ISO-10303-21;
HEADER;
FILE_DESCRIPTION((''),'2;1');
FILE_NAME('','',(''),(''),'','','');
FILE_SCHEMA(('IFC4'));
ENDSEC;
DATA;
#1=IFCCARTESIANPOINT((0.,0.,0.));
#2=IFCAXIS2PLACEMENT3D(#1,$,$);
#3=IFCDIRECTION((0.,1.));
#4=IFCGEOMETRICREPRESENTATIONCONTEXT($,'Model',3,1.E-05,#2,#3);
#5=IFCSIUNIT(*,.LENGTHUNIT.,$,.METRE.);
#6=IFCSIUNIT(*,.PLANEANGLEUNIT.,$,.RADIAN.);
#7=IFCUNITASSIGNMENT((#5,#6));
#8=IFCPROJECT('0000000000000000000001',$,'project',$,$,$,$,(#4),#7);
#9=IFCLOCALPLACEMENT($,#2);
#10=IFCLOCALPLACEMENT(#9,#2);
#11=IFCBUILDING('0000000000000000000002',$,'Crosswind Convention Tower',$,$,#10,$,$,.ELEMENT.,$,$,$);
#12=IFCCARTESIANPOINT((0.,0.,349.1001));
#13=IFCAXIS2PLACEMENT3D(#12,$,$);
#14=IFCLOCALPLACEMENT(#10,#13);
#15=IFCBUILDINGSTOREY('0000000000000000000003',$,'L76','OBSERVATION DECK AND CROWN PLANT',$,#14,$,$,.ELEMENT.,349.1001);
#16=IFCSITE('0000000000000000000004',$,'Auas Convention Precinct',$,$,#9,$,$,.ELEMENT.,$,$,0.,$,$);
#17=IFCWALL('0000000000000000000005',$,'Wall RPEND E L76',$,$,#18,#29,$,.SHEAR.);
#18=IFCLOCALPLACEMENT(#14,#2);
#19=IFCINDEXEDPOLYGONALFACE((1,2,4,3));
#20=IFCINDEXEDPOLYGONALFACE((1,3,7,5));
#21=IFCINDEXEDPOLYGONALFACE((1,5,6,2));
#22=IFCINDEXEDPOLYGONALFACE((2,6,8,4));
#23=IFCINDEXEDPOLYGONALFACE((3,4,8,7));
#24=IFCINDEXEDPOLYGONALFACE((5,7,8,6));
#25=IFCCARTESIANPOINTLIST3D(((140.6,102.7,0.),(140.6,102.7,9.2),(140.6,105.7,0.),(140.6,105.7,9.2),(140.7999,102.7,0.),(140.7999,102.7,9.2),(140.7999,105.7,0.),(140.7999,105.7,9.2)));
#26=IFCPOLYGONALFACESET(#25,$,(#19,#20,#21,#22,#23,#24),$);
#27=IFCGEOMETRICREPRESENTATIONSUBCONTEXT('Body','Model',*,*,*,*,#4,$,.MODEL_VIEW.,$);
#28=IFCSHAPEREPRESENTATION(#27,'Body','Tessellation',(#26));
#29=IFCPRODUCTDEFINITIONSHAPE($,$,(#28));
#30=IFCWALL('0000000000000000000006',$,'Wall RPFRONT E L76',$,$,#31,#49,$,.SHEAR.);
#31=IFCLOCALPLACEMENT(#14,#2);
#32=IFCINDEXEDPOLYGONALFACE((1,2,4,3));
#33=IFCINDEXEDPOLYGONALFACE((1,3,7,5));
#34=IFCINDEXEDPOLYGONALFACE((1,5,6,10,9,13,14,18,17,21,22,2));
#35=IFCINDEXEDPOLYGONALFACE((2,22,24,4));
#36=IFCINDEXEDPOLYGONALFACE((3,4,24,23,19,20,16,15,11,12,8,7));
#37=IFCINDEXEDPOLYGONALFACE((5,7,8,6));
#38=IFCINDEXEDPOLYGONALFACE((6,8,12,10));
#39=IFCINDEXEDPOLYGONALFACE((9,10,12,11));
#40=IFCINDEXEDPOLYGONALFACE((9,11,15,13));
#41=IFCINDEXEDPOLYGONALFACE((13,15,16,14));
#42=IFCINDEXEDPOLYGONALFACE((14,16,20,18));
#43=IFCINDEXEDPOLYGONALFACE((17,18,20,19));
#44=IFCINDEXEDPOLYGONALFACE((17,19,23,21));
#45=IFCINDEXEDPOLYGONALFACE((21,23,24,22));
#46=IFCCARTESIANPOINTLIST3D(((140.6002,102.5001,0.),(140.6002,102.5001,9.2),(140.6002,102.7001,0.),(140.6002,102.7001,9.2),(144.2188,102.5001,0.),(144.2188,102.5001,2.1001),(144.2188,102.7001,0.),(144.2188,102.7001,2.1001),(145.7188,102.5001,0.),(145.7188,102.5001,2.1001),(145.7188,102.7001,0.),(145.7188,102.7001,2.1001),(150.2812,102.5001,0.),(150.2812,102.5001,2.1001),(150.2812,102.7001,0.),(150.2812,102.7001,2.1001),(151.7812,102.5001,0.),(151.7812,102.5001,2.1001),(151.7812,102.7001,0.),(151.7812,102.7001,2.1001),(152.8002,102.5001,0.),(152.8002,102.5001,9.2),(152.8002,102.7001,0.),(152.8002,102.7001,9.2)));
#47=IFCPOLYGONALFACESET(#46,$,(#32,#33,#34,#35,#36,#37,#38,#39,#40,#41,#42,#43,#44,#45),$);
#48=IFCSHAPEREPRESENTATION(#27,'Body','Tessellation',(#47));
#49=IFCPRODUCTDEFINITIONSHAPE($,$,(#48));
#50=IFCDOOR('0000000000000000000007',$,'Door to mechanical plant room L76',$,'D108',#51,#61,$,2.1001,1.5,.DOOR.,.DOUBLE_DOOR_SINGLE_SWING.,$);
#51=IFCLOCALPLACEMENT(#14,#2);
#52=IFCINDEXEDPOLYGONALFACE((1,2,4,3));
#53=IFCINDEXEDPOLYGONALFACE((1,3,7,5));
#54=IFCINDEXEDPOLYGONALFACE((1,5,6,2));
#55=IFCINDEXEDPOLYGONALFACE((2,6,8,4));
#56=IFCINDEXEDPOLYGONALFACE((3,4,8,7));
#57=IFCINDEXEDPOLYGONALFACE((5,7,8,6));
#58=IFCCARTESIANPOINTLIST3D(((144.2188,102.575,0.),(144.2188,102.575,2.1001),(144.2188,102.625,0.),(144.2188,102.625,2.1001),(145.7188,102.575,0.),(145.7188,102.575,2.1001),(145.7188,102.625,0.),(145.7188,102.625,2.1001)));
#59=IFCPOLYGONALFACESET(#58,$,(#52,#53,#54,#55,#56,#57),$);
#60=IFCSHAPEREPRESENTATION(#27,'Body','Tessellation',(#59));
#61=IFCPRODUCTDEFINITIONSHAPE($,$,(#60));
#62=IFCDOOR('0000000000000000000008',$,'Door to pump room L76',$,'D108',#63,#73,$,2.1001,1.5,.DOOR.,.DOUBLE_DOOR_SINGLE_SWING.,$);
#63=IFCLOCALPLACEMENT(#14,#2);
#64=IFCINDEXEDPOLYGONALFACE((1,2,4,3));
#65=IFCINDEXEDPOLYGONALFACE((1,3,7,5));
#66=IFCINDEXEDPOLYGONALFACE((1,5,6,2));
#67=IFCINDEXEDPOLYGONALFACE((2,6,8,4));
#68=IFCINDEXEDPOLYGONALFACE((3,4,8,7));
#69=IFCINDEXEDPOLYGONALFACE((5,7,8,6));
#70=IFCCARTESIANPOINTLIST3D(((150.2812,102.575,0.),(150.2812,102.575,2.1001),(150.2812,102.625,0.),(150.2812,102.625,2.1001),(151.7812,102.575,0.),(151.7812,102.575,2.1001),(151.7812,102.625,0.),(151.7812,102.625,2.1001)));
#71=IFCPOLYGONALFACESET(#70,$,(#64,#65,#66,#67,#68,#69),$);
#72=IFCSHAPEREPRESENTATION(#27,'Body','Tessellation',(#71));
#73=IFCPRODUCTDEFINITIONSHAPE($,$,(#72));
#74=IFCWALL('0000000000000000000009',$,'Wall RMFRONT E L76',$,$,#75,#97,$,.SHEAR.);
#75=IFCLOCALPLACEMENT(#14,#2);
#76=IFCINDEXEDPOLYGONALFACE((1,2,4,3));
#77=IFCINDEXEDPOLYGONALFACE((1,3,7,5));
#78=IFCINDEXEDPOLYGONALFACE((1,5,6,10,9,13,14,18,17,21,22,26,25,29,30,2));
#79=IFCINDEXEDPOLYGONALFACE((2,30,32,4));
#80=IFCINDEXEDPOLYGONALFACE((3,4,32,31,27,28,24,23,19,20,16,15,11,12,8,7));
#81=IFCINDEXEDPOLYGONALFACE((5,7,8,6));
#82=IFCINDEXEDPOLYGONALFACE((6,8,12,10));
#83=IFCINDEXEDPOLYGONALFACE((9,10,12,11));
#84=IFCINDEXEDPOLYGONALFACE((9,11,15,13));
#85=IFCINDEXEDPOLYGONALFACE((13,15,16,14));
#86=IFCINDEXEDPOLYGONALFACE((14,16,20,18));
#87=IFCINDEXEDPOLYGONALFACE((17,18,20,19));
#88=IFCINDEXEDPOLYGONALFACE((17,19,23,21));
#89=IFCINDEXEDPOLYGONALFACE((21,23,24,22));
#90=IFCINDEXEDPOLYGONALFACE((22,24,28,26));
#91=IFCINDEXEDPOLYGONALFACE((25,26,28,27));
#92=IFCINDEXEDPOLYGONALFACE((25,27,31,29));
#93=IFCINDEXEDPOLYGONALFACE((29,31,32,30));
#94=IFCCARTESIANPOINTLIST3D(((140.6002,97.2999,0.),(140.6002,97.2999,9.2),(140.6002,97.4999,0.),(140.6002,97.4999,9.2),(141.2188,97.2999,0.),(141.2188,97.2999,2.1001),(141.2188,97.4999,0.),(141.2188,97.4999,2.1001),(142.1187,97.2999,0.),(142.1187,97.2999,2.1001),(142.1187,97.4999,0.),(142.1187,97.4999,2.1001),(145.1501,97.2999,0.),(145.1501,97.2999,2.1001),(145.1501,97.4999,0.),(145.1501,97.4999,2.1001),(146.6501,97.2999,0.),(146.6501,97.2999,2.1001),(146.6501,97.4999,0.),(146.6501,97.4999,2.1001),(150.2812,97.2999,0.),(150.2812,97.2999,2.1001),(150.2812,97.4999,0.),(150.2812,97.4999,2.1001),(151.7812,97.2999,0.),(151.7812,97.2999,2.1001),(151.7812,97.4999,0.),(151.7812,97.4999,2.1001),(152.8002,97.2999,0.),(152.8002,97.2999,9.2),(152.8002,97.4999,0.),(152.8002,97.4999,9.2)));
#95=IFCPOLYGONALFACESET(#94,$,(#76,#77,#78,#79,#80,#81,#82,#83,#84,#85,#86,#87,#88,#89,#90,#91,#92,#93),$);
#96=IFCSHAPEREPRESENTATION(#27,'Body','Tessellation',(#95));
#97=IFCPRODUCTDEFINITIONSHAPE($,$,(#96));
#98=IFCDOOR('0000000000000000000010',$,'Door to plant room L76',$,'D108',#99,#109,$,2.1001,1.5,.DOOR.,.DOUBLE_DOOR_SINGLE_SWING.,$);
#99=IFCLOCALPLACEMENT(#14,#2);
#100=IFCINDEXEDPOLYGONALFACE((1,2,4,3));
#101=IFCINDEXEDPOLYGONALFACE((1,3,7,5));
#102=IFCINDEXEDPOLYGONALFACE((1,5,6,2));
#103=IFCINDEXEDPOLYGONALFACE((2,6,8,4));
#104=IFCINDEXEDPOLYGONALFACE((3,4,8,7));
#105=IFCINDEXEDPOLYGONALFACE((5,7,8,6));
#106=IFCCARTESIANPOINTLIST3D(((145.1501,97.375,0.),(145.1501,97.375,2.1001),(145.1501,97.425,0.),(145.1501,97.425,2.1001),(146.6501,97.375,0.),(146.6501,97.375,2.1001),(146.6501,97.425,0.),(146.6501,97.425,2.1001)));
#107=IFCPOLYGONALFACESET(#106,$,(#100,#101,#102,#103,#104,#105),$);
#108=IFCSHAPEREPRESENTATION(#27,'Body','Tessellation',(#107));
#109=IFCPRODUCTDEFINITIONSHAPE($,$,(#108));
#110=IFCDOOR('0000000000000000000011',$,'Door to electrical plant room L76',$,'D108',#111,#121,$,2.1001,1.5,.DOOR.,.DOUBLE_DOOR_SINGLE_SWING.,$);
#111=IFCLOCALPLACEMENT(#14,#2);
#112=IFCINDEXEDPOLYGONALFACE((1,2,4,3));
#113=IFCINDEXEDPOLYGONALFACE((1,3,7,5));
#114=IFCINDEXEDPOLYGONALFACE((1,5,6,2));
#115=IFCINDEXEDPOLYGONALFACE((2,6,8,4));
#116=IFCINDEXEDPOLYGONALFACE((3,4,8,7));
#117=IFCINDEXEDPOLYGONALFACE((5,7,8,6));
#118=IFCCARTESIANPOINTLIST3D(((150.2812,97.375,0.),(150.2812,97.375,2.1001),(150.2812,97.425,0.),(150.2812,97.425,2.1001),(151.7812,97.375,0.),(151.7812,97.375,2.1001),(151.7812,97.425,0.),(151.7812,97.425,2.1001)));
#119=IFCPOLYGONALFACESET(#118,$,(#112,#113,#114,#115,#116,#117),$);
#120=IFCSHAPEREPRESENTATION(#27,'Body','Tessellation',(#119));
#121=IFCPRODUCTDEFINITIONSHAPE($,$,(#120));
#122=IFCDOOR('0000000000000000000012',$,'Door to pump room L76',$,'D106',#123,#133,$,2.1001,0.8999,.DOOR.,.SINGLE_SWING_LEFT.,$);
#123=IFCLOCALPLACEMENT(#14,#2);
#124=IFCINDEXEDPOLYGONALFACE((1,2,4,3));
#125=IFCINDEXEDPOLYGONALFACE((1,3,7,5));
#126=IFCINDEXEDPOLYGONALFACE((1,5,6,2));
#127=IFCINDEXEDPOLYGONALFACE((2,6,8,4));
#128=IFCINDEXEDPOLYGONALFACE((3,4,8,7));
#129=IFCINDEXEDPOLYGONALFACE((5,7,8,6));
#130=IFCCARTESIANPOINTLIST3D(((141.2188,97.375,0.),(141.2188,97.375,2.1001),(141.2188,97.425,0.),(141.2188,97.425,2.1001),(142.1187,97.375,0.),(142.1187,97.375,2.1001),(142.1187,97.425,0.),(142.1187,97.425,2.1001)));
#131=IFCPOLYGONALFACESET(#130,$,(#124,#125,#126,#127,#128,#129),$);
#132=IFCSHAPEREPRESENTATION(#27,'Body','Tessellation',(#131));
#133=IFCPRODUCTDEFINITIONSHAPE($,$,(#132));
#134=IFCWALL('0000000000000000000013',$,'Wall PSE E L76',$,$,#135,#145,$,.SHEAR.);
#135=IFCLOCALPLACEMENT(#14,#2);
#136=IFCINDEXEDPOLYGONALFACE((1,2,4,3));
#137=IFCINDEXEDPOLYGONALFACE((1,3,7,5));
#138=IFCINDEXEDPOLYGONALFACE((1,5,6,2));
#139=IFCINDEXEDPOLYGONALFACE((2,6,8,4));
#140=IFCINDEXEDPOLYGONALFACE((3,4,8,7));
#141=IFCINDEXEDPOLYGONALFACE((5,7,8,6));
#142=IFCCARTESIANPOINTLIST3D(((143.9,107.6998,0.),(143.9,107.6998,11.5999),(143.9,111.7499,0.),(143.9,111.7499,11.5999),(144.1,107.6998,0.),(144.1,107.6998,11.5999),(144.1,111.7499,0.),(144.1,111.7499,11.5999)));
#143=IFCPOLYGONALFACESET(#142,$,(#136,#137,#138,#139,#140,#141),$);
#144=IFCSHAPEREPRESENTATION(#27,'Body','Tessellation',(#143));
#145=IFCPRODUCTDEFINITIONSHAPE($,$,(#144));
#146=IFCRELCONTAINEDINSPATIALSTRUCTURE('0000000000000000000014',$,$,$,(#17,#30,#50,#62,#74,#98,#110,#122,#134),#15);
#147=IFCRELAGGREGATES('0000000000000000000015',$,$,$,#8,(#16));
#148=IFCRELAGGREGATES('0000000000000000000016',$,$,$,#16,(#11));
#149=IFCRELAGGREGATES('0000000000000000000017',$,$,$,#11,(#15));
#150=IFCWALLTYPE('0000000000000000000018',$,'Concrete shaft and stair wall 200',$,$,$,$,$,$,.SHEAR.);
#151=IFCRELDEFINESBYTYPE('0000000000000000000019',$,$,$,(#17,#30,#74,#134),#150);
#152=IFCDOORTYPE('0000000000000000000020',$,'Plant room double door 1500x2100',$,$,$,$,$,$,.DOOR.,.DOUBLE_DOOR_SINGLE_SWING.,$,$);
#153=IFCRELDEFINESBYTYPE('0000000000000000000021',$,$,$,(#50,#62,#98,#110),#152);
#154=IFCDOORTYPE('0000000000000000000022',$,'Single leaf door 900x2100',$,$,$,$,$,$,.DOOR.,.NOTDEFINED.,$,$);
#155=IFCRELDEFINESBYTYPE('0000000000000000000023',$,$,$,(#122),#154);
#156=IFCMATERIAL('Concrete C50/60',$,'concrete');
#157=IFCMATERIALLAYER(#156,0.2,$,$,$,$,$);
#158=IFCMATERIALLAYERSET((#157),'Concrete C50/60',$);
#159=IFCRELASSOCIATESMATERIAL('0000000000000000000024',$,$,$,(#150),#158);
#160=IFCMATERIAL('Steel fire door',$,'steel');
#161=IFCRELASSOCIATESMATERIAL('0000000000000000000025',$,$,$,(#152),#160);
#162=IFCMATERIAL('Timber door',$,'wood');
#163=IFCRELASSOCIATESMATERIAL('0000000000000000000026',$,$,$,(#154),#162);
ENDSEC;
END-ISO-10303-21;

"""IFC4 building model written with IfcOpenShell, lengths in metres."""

from ifc_helpers import new_model, si_unit, direction, frame, frame_2d, origin, place, context, subcontext, project, spatial, rectangle, extrude, material, layer, layer_set, type_object, element, fill, save


model = new_model("IFC4")

# Units and contexts
model_context = context("Model", 3, precision=1e-05, world=origin(), true_north=direction((0.0, 1.0)))
body_context = subcontext(model_context, "Body", "Model", "MODEL_VIEW")
ifc_project = project(units=[si_unit("LENGTHUNIT", "METRE"), si_unit("PLANEANGLEUNIT", "RADIAN")], contexts=[model_context])

# Site, building, storey
site_placement = place(None, origin())
site = spatial("IfcSite", under=ifc_project, at=site_placement, Name="Auas Convention Precinct", CompositionType="ELEMENT", RefElevation=0.0)
building_placement = place(site_placement, origin())
building = spatial("IfcBuilding", under=site, at=building_placement, Name="Crosswind Convention Tower", CompositionType="ELEMENT")
storey_placement = place(building_placement, frame((0.0, 0.0, 349.1001)))
storey = spatial("IfcBuildingStorey", under=building, at=storey_placement, Name="L76", Description="OBSERVATION DECK AND CROWN PLANT", CompositionType="ELEMENT", Elevation=349.1001)

# Wall
ifc_material_1 = material(Name="Concrete C50/60", Category="concrete")
ifc_layer_1 = layer(ifc_material_1, 0.2)
ifc_layer_set_1 = layer_set([ifc_layer_1], Name="Concrete C50/60")
wall_type_1 = type_object("IfcWallType", Name="Concrete shaft and stair wall 200", PredefinedType="SHEAR", material=ifc_layer_set_1)
wall_1_placement = place(storey_placement, frame((140.7, 102.7, 0.0), z_axis=(0.0, 0.0, 1.0), x_axis=(0.0, 1.0, 0.0)))
element("IfcWall", 1, at=wall_1_placement, inside=storey, type_object=wall_type_1, Name="Wall RPEND E L76", PredefinedType="SHEAR", context=body_context, shape_type="SweptSolid", body=[
    extrude(rectangle(XDim=3.0, YDim=0.2, at=frame_2d((1.5, 0.0))), origin(), (0.0, 0.0, 1.0), 9.2),
])

# Walls, openings, doors
wall_2_placement = place(storey_placement, frame((140.6001, 102.6001, 0.0), z_axis=(0.0, 0.0, 1.0), x_axis=(1.0, 0.0, 0.0)))
wall_2 = element("IfcWall", 2, at=wall_2_placement, inside=storey, type_object=wall_type_1, Name="Wall RPFRONT E L76", PredefinedType="SHEAR", context=body_context, shape_type="SweptSolid", body=[
    extrude(rectangle(XDim=12.2, YDim=0.2, at=frame_2d((6.1001, 0.0))), origin(), (0.0, 0.0, 1.0), 9.2),
])
opening_1_placement = place(wall_2_placement, frame((3.6187, 0.0, 0.0)))
opening_1 = element("IfcOpeningElement", 3, at=opening_1_placement, cuts=wall_2, PredefinedType="OPENING", context=body_context, shape_type="SweptSolid", body=[
    extrude(rectangle(XDim=1.5, YDim=2.1001, at=frame_2d((0.75, 1.05))), frame((0.0, 0.1099, 0.0), z_axis=(0.0, -1.0, 0.0), x_axis=(1.0, 0.0, 0.0)), (0.0, 0.0, 1.0), 0.22),
])
opening_2_placement = place(wall_2_placement, frame((9.6812, 0.0, 0.0)))
opening_2 = element("IfcOpeningElement", 4, at=opening_2_placement, cuts=wall_2, PredefinedType="OPENING", context=body_context, shape_type="SweptSolid", body=[
    extrude(rectangle(XDim=1.5, YDim=2.1001, at=frame_2d((0.75, 1.05))), frame((0.0, 0.1099, 0.0), z_axis=(0.0, -1.0, 0.0), x_axis=(1.0, 0.0, 0.0)), (0.0, 0.0, 1.0), 0.22),
])
ifc_material_2 = material(Name="Steel fire door", Category="steel")
door_type_1 = type_object("IfcDoorType", Name="Plant room double door 1500x2100", OperationType="DOUBLE_DOOR_SINGLE_SWING", PredefinedType="DOOR", material=ifc_material_2)
door_1_placement = place(opening_1_placement, origin())
door_1 = element("IfcDoor", 5, at=door_1_placement, inside=storey, type_object=door_type_1, Name="Door to mechanical plant room L76", ObjectType="D108", OperationType="DOUBLE_DOOR_SINGLE_SWING", OverallHeight=2.1001, OverallWidth=1.5, PredefinedType="DOOR", context=body_context, shape_type="SweptSolid", body=[
    extrude(rectangle(XDim=1.5, YDim=2.1001, at=frame_2d((0.75, 1.05))), frame((0.0, 0.0249, 0.0), z_axis=(0.0, -1.0, 0.0), x_axis=(1.0, 0.0, 0.0)), (0.0, 0.0, 1.0), 0.05),
])
fill(opening_1, door_1)
door_2_placement = place(opening_2_placement, origin())
door_2 = element("IfcDoor", 6, at=door_2_placement, inside=storey, type_object=door_type_1, Name="Door to pump room L76", ObjectType="D108", OperationType="DOUBLE_DOOR_SINGLE_SWING", OverallHeight=2.1001, OverallWidth=1.5, PredefinedType="DOOR", context=body_context, shape_type="SweptSolid", body=[
    extrude(rectangle(XDim=1.5, YDim=2.1001, at=frame_2d((0.75, 1.05))), frame((0.0, 0.0249, 0.0), z_axis=(0.0, -1.0, 0.0), x_axis=(1.0, 0.0, 0.0)), (0.0, 0.0, 1.0), 0.05),
])
fill(opening_2, door_2)
wall_3_placement = place(storey_placement, frame((140.6001, 97.3999, 0.0), z_axis=(0.0, 0.0, 1.0), x_axis=(1.0, 0.0, 0.0)))
wall_3 = element("IfcWall", 7, at=wall_3_placement, inside=storey, type_object=wall_type_1, Name="Wall RMFRONT E L76", PredefinedType="SHEAR", context=body_context, shape_type="SweptSolid", body=[
    extrude(rectangle(XDim=12.2, YDim=0.2, at=frame_2d((6.1001, 0.0))), origin(), (0.0, 0.0, 1.0), 9.2),
])
opening_3_placement = place(wall_3_placement, frame((0.6187, 0.0, 0.0)))
opening_3 = element("IfcOpeningElement", 8, at=opening_3_placement, cuts=wall_3, PredefinedType="OPENING", context=body_context, shape_type="SweptSolid", body=[
    extrude(rectangle(XDim=0.8999, YDim=2.1001, at=frame_2d((0.45, 1.05))), frame((0.0, 0.1099, 0.0), z_axis=(0.0, -1.0, 0.0), x_axis=(1.0, 0.0, 0.0)), (0.0, 0.0, 1.0), 0.22),
])
opening_4_placement = place(wall_3_placement, frame((4.55, 0.0, 0.0)))
opening_4 = element("IfcOpeningElement", 9, at=opening_4_placement, cuts=wall_3, PredefinedType="OPENING", context=body_context, shape_type="SweptSolid", body=[
    extrude(rectangle(XDim=1.5, YDim=2.1001, at=frame_2d((0.75, 1.05))), frame((0.0, 0.1099, 0.0), z_axis=(0.0, -1.0, 0.0), x_axis=(1.0, 0.0, 0.0)), (0.0, 0.0, 1.0), 0.22),
])
opening_5_placement = place(wall_3_placement, frame((9.6812, 0.0, 0.0)))
opening_5 = element("IfcOpeningElement", 10, at=opening_5_placement, cuts=wall_3, PredefinedType="OPENING", context=body_context, shape_type="SweptSolid", body=[
    extrude(rectangle(XDim=1.5, YDim=2.1001, at=frame_2d((0.75, 1.05))), frame((0.0, 0.1099, 0.0), z_axis=(0.0, -1.0, 0.0), x_axis=(1.0, 0.0, 0.0)), (0.0, 0.0, 1.0), 0.22),
])
door_3_placement = place(opening_4_placement, frame((1.5, 0.0, 0.0), z_axis=(0.0, 0.0, 1.0), x_axis=(-1.0, 0.0, 0.0)))
door_3 = element("IfcDoor", 11, at=door_3_placement, inside=storey, type_object=door_type_1, Name="Door to plant room L76", ObjectType="D108", OperationType="DOUBLE_DOOR_SINGLE_SWING", OverallHeight=2.1001, OverallWidth=1.5, PredefinedType="DOOR", context=body_context, shape_type="SweptSolid", body=[
    extrude(rectangle(XDim=1.5, YDim=2.1001, at=frame_2d((0.75, 1.05))), frame((0.0, 0.0249, 0.0), z_axis=(0.0, -1.0, 0.0), x_axis=(1.0, 0.0, 0.0)), (0.0, 0.0, 1.0), 0.05),
])
fill(opening_4, door_3)
door_4_placement = place(opening_5_placement, frame((1.5, 0.0, 0.0), z_axis=(0.0, 0.0, 1.0), x_axis=(-1.0, 0.0, 0.0)))
door_4 = element("IfcDoor", 12, at=door_4_placement, inside=storey, type_object=door_type_1, Name="Door to electrical plant room L76", ObjectType="D108", OperationType="DOUBLE_DOOR_SINGLE_SWING", OverallHeight=2.1001, OverallWidth=1.5, PredefinedType="DOOR", context=body_context, shape_type="SweptSolid", body=[
    extrude(rectangle(XDim=1.5, YDim=2.1001, at=frame_2d((0.75, 1.05))), frame((0.0, 0.0249, 0.0), z_axis=(0.0, -1.0, 0.0), x_axis=(1.0, 0.0, 0.0)), (0.0, 0.0, 1.0), 0.05),
])
fill(opening_5, door_4)
ifc_material_3 = material(Name="Timber door", Category="wood")
door_type_2 = type_object("IfcDoorType", Name="Single leaf door 900x2100", OperationType="NOTDEFINED", PredefinedType="DOOR", material=ifc_material_3)
door_5_placement = place(opening_3_placement, frame((0.8999, 0.0, 0.0), z_axis=(0.0, 0.0, 1.0), x_axis=(-1.0, 0.0, 0.0)))
door_5 = element("IfcDoor", 13, at=door_5_placement, inside=storey, type_object=door_type_2, Name="Door to pump room L76", ObjectType="D106", OperationType="SINGLE_SWING_LEFT", OverallHeight=2.1001, OverallWidth=0.8999, PredefinedType="DOOR", context=body_context, shape_type="SweptSolid", body=[
    extrude(rectangle(XDim=0.8999, YDim=2.1001, at=frame_2d((0.45, 1.05))), frame((0.0, 0.0249, 0.0), z_axis=(0.0, -1.0, 0.0), x_axis=(1.0, 0.0, 0.0)), (0.0, 0.0, 1.0), 0.05),
])
fill(opening_3, door_5)

# Wall
wall_4_placement = place(storey_placement, frame((144.0, 107.7, 0.0), z_axis=(0.0, 0.0, 1.0), x_axis=(0.0, 1.0, 0.0)))
element("IfcWall", 14, at=wall_4_placement, inside=storey, type_object=wall_type_1, Name="Wall PSE E L76", PredefinedType="SHEAR", context=body_context, shape_type="SweptSolid", body=[
    extrude(rectangle(XDim=4.05, YDim=0.2, at=frame_2d((2.0249, 0.0))), origin(), (0.0, 0.0, 1.0), 11.5999),
])

save(model, "model.ifc")
